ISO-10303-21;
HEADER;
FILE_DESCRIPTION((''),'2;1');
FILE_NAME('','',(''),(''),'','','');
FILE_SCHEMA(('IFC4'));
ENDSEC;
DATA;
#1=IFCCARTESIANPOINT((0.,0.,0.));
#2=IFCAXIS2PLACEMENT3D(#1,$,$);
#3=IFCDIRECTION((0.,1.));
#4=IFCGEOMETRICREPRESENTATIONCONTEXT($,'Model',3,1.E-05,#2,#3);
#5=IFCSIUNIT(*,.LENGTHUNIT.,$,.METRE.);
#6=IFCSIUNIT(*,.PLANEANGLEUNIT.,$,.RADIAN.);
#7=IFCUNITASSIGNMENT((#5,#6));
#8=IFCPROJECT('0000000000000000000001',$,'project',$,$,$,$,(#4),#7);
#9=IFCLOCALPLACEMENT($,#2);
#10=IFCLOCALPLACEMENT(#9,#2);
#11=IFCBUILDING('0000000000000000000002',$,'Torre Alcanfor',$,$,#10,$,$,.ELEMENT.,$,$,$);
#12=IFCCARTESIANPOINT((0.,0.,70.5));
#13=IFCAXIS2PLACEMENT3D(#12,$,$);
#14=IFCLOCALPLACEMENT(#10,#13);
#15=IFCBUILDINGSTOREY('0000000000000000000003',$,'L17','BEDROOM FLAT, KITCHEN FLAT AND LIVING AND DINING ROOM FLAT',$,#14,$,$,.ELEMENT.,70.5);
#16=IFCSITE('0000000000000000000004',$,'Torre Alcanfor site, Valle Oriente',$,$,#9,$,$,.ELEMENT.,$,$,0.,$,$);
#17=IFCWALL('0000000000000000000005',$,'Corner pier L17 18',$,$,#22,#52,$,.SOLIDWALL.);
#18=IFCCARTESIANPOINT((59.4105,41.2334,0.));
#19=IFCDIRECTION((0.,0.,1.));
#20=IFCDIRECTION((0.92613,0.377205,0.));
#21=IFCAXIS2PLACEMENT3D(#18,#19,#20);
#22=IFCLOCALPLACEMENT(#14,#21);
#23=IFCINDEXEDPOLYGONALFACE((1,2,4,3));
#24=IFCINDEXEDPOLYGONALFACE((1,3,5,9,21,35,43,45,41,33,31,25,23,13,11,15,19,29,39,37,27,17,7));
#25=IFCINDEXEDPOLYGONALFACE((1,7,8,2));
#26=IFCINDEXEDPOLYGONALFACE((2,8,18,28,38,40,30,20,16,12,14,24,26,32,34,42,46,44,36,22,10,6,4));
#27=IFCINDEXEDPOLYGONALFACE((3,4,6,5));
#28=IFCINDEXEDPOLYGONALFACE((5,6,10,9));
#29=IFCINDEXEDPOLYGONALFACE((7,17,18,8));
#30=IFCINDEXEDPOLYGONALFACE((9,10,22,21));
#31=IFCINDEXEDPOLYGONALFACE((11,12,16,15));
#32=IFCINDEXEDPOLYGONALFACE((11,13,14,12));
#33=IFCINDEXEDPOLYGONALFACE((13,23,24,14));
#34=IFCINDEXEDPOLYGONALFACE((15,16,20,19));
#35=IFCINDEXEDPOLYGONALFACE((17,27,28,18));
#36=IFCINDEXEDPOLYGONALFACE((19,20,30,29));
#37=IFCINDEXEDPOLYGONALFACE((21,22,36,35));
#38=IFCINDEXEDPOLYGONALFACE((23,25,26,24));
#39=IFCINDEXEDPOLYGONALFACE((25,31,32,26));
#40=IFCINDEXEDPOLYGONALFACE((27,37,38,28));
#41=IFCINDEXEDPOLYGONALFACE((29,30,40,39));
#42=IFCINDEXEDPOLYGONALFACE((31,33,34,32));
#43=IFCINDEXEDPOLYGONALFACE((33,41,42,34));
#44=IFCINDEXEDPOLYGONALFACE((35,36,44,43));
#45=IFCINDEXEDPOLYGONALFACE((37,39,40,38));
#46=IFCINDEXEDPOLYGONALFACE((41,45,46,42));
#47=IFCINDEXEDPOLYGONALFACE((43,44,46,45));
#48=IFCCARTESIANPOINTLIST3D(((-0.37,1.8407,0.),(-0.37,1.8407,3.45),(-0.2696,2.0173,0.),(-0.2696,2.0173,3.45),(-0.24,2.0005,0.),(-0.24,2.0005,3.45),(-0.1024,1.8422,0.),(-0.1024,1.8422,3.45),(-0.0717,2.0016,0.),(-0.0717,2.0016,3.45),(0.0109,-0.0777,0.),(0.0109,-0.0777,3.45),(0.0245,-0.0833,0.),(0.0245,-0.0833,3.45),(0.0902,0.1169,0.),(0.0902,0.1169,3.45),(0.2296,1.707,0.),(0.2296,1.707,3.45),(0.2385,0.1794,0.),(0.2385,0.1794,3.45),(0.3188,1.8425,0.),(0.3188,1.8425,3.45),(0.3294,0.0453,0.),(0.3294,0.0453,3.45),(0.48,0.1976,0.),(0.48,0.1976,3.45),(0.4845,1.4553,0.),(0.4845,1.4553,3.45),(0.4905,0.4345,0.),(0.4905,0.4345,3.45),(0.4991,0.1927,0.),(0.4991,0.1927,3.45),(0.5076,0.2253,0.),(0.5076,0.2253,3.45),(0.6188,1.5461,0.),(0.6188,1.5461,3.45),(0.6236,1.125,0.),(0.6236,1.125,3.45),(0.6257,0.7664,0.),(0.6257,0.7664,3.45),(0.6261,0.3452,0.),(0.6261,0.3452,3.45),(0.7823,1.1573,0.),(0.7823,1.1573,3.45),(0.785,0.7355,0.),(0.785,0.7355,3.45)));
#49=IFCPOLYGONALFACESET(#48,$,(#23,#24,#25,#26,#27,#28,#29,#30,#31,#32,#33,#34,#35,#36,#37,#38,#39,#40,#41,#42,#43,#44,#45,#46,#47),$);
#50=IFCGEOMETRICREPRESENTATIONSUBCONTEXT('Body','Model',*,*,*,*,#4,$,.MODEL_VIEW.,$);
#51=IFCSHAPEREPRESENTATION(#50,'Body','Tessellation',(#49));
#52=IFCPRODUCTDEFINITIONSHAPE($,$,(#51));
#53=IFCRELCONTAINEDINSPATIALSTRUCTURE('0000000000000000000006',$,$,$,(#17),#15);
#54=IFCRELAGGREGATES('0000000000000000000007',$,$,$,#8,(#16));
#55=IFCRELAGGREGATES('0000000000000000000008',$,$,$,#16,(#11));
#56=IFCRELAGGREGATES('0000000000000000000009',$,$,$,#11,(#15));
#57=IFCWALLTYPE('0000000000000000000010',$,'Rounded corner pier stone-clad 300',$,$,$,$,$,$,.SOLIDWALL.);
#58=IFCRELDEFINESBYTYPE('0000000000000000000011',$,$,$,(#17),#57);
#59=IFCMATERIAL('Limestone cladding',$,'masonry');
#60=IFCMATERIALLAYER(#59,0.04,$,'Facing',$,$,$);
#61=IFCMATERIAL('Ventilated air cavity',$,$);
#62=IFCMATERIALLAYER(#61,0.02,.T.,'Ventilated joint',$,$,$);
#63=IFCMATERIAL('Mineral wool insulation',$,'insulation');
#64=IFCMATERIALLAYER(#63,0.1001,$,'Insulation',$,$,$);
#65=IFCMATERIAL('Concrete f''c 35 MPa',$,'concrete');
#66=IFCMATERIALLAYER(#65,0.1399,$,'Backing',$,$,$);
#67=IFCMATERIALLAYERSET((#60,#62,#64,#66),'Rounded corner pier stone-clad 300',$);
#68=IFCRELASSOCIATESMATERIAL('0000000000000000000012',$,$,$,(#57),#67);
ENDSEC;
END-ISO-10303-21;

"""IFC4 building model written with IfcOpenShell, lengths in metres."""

from ifc_helpers import new_model, si_unit, direction, frame, origin, place, context, subcontext, project, spatial, polyline, outline, extrude, material, layer, layer_set, type_object, element, save


model = new_model("IFC4")

# Units and contexts
model_context = context("Model", 3, precision=1e-05, world=origin(), true_north=direction((0.0, 1.0)))
body_context = subcontext(model_context, "Body", "Model", "MODEL_VIEW")
ifc_project = project(units=[si_unit("LENGTHUNIT", "METRE"), si_unit("PLANEANGLEUNIT", "RADIAN")], contexts=[model_context])

# Site, building, storey
site_placement = place(None, origin())
site = spatial("IfcSite", under=ifc_project, at=site_placement, Name="Torre Alcanfor site, Valle Oriente", CompositionType="ELEMENT", RefElevation=0.0)
building_placement = place(site_placement, origin())
building = spatial("IfcBuilding", under=site, at=building_placement, Name="Torre Alcanfor", CompositionType="ELEMENT")
storey_placement = place(building_placement, frame((0.0, 0.0, 70.5)))
storey = spatial("IfcBuildingStorey", under=building, at=storey_placement, Name="L17", Description="BEDROOM FLAT, KITCHEN FLAT AND LIVING AND DINING ROOM FLAT", CompositionType="ELEMENT", Elevation=70.5)

# Wall
ifc_material_1 = material(Name="Limestone cladding", Category="masonry")
ifc_layer_1 = layer(ifc_material_1, 0.04, Name="Facing")
ifc_material_2 = material(Name="Ventilated air cavity")
ifc_layer_2 = layer(ifc_material_2, 0.02, ventilated=True, Name="Ventilated joint")
ifc_material_3 = material(Name="Mineral wool insulation", Category="insulation")
ifc_layer_3 = layer(ifc_material_3, 0.1001, Name="Insulation")
ifc_material_4 = material(Name="Concrete f'c 35 MPa", Category="concrete")
ifc_layer_4 = layer(ifc_material_4, 0.1399, Name="Backing")
ifc_layer_set_1 = layer_set([ifc_layer_1, ifc_layer_2, ifc_layer_3, ifc_layer_4], Name="Rounded corner pier stone-clad 300")
wall_type_1 = type_object("IfcWallType", Name="Rounded corner pier stone-clad 300", PredefinedType="SOLIDWALL", material=ifc_layer_set_1)
wall_1_placement = place(storey_placement, frame((59.4105, 41.2334, 0.0), z_axis=(0.0, 0.0, 1.0), x_axis=(0.92613, 0.377205, 0.0)))
element("IfcWall", 1, at=wall_1_placement, inside=storey, type_object=wall_type_1, Name="Corner pier L17 18", PredefinedType="SOLIDWALL", context=body_context, shape_type="SweptSolid", body=[
    extrude(outline(polyline([(0.6261, 0.3452), (0.785, 0.7355), (0.7823, 1.1573), (0.6188, 1.5461), (0.3188, 1.8425), (-0.0717, 2.0016), (-0.24, 2.0005), (-0.2696, 2.0173), (-0.37, 1.8407), (-0.1024, 1.8422), (0.2296, 1.707), (0.4845, 1.4553), (0.6236, 1.125), (0.6257, 0.7664), (0.4905, 0.4345), (0.2385, 0.1794), (0.0902, 0.1169), (0.0109, -0.0777), (0.0245, -0.0833), (0.3294, 0.0453), (0.48, 0.1976), (0.4991, 0.1927), (0.5076, 0.2253), (0.6261, 0.3452)])), origin(), (0.0, 0.0, 1.0), 3.45),
])

save(model, "model.ifc")
